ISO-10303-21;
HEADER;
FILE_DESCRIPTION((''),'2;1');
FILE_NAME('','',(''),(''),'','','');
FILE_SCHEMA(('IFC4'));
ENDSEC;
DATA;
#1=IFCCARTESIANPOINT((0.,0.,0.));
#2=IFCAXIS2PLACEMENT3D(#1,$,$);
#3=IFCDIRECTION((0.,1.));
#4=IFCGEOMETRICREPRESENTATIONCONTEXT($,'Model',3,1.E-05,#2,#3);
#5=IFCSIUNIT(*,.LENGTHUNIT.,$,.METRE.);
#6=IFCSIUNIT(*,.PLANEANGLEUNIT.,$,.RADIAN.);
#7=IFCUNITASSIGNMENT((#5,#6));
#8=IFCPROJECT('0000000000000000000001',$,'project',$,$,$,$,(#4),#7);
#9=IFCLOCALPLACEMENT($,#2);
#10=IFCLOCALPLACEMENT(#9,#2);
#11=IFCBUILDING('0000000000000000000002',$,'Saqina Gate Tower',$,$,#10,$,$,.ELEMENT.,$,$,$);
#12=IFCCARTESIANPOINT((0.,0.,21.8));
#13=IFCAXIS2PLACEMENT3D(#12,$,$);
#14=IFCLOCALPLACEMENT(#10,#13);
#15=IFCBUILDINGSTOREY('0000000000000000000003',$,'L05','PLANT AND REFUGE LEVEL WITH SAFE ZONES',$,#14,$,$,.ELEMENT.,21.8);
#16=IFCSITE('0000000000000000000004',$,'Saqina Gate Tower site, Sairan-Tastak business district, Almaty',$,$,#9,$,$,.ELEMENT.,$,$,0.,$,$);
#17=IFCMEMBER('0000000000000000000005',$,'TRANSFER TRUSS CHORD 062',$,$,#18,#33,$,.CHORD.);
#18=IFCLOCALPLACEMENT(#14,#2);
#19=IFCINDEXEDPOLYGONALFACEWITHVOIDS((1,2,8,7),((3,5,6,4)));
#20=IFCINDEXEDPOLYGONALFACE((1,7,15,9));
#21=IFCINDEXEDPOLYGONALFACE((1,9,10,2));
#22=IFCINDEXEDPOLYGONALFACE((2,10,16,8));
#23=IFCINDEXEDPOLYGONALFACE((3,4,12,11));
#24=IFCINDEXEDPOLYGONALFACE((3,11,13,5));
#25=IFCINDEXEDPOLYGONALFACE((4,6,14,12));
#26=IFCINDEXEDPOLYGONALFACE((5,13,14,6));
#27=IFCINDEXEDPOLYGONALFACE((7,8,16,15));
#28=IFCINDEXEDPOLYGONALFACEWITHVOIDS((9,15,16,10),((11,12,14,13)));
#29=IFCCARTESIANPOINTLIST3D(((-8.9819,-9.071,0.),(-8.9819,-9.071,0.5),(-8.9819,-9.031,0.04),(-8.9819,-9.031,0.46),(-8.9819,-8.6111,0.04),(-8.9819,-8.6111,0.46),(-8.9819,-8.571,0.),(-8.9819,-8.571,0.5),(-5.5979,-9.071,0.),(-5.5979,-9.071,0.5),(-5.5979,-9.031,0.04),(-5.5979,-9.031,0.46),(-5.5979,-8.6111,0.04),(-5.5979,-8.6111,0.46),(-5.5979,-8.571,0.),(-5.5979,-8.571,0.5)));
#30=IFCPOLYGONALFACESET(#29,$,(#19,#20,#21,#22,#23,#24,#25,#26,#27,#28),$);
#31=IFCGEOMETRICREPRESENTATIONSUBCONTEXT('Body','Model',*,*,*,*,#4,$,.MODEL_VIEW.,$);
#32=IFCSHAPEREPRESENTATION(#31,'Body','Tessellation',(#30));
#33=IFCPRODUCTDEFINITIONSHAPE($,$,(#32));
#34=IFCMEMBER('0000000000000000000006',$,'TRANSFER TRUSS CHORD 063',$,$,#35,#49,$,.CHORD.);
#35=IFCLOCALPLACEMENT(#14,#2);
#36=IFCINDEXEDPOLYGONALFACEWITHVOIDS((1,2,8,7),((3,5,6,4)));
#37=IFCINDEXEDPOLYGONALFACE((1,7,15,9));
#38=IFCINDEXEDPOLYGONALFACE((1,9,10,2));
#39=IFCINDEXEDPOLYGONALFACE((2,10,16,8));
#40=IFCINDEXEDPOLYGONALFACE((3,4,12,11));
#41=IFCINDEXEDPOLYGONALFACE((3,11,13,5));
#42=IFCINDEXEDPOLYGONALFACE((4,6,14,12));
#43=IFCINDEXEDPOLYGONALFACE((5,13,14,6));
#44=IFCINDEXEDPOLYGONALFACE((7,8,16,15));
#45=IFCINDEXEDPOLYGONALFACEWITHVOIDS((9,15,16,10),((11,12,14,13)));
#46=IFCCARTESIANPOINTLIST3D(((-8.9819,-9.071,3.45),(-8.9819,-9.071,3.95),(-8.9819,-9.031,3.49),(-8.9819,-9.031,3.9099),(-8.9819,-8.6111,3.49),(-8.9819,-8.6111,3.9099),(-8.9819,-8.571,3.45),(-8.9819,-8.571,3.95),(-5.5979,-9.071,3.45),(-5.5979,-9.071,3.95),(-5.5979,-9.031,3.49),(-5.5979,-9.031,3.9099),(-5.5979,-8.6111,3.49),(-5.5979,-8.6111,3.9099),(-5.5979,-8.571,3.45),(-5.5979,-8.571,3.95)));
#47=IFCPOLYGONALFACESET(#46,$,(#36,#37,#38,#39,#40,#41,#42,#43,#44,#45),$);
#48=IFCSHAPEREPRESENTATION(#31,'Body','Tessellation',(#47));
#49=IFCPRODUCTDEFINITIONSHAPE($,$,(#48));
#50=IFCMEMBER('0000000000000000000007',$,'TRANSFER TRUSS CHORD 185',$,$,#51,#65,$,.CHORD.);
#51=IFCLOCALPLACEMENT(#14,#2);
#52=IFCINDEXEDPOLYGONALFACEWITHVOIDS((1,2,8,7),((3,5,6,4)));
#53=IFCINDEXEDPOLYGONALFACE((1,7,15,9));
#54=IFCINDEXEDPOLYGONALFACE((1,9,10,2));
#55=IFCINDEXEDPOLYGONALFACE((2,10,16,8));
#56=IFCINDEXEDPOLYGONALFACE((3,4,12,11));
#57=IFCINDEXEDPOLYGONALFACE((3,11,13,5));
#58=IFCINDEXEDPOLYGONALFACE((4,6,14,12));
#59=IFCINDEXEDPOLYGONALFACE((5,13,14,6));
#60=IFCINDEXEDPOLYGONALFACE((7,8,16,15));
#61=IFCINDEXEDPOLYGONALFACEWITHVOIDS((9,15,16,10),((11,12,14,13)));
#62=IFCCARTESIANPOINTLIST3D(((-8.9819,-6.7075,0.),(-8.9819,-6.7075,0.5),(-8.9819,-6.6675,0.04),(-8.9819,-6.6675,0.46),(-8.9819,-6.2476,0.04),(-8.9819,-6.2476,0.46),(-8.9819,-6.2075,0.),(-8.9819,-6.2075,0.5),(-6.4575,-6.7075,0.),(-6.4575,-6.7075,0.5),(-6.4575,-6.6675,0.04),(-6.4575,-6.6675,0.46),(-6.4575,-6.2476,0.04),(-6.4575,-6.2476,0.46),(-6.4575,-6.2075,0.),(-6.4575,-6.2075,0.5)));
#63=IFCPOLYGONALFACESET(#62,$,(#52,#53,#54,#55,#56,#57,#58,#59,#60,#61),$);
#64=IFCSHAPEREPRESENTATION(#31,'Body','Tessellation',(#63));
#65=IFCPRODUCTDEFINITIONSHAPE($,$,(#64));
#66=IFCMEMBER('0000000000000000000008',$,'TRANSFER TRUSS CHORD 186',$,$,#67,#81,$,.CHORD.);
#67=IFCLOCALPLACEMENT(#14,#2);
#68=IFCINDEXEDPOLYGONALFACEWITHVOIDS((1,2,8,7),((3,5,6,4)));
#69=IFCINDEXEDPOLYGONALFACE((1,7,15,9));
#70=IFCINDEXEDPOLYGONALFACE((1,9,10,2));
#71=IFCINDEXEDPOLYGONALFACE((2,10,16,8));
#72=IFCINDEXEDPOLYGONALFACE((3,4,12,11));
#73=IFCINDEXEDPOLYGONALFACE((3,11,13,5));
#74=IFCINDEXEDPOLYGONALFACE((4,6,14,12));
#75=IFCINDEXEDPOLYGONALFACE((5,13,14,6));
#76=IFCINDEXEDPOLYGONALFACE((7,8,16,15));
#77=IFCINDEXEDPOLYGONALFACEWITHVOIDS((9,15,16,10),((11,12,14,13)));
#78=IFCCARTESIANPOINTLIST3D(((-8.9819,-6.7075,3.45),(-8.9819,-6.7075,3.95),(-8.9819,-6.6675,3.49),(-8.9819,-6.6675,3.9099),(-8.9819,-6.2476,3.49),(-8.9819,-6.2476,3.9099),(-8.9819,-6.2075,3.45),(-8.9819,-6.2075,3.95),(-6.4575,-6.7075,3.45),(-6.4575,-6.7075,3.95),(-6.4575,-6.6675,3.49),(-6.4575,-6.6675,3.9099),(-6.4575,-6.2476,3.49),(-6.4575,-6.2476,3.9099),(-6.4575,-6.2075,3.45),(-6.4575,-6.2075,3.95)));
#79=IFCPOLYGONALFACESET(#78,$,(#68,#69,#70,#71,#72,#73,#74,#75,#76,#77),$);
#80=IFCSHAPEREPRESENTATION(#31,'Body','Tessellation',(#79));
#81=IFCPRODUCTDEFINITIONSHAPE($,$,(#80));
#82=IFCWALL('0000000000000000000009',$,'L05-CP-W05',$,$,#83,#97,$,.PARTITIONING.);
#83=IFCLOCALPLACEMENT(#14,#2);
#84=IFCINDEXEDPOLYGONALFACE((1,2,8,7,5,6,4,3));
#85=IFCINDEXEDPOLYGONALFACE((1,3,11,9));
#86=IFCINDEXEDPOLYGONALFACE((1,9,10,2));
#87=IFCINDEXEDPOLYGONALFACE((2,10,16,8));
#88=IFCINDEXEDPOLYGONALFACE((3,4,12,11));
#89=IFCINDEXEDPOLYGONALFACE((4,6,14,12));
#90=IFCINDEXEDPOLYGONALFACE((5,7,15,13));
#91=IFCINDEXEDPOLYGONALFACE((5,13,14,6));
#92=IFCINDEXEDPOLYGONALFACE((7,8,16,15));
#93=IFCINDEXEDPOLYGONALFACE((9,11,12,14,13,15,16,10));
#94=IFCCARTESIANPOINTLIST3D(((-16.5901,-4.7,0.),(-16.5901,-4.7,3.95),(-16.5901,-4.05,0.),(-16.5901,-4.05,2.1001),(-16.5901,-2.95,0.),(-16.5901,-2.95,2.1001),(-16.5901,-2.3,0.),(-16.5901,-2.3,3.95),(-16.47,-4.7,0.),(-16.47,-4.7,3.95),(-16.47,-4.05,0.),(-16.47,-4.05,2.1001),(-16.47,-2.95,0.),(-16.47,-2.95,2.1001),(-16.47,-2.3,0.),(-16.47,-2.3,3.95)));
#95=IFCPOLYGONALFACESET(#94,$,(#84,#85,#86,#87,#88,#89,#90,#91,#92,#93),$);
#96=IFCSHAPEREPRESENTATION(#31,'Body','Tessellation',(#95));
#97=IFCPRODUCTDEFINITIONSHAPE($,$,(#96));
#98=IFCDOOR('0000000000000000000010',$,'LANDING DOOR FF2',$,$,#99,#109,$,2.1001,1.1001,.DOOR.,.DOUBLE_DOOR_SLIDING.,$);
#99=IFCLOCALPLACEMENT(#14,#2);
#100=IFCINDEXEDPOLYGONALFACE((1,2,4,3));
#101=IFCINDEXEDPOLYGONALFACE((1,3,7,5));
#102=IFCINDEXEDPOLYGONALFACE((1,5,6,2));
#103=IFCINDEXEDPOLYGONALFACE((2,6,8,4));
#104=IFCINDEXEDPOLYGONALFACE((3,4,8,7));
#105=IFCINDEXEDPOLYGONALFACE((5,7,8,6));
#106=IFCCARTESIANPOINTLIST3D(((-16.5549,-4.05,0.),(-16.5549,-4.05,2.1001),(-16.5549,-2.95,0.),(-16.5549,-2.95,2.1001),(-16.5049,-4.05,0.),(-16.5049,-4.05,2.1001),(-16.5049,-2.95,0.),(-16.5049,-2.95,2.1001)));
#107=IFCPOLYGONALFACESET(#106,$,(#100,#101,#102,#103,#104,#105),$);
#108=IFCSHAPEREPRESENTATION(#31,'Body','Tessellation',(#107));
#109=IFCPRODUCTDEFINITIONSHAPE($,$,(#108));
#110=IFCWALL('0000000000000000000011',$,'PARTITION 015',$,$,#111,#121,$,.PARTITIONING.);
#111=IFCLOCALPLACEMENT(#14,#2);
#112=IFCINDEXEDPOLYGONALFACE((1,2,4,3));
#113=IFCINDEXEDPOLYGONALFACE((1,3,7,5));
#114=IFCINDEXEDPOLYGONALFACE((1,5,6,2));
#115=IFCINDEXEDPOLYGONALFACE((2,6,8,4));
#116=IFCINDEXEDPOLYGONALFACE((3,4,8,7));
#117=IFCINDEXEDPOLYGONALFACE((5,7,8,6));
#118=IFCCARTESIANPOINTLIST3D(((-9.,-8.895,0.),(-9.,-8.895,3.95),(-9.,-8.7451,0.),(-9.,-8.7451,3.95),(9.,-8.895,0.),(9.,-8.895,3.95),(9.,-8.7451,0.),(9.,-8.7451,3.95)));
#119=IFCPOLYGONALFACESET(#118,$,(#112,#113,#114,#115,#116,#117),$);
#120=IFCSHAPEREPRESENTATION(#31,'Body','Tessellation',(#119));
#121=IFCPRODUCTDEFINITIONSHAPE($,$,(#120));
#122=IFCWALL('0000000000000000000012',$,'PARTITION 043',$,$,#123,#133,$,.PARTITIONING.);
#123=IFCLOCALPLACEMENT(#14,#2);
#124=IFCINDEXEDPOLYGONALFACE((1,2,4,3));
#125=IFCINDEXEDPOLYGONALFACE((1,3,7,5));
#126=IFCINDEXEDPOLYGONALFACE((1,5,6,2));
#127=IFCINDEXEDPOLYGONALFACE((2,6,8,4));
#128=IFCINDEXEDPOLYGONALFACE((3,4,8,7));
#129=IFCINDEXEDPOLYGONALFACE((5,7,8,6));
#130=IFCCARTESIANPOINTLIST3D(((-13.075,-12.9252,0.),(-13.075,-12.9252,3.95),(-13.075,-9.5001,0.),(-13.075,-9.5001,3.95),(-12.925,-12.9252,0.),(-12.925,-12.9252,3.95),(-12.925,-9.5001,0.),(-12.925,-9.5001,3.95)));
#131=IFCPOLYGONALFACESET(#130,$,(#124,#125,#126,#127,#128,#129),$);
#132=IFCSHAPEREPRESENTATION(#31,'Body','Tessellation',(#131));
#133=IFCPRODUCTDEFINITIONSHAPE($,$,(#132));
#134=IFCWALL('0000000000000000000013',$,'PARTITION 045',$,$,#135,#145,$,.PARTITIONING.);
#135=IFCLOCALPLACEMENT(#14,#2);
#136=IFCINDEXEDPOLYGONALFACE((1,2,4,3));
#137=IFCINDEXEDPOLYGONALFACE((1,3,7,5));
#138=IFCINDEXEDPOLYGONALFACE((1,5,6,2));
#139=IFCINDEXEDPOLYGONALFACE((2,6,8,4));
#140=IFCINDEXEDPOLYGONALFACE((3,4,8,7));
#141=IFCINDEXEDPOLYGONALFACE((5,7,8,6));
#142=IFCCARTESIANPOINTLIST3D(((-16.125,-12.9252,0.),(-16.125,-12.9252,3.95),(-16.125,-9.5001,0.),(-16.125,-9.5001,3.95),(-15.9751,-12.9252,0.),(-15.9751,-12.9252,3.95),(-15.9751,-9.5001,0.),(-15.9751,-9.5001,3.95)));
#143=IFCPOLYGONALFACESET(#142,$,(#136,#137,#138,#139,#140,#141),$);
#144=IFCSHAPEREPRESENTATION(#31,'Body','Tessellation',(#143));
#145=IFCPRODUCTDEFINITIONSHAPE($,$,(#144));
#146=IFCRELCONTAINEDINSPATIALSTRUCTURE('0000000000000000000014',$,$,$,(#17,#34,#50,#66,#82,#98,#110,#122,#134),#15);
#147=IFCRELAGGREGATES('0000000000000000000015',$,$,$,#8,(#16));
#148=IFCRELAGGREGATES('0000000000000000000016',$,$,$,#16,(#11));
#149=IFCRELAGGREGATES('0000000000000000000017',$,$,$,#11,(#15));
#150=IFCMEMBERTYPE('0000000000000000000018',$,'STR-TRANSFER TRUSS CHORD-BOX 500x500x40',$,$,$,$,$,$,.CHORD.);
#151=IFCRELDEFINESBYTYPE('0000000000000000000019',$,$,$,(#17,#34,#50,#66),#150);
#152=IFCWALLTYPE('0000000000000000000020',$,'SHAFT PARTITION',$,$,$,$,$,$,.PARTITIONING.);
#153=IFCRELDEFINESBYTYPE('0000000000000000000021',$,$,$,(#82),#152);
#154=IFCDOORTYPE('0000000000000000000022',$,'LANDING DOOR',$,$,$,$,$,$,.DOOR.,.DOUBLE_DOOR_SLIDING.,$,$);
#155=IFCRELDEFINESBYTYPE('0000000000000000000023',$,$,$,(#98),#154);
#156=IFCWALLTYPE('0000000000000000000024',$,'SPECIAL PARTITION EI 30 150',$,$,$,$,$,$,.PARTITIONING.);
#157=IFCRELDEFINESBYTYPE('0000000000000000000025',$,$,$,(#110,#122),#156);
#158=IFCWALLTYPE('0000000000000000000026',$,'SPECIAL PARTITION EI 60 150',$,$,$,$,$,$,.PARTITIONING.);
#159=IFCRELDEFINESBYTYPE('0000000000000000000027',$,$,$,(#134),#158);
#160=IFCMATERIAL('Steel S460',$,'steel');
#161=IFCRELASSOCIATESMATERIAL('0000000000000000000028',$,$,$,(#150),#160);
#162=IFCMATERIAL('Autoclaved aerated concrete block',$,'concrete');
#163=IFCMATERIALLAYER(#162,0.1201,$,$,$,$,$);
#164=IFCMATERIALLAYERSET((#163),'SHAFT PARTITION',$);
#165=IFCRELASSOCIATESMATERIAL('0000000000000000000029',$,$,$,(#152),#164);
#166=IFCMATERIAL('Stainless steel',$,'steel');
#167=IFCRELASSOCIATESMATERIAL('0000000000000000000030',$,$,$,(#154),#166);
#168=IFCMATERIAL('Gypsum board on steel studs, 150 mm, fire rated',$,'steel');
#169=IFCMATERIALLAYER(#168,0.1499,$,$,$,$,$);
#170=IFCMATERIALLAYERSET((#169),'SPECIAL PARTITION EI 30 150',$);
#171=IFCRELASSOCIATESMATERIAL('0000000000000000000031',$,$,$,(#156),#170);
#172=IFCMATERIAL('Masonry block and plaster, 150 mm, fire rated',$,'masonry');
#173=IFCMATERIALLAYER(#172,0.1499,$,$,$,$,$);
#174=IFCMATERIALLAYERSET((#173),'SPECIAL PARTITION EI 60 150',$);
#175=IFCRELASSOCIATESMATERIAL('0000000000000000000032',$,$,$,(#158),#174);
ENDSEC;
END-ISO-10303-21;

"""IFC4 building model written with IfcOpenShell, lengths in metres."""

from ifc_helpers import new_model, si_unit, direction, frame, frame_2d, origin, origin_2d, place, context, subcontext, project, spatial, rectangle, hollow_rectangle, extrude, material, layer, layer_set, material_profile, profile_set, type_object, element, fill, save


model = new_model("IFC4")

# Units and contexts
model_context = context("Model", 3, precision=1e-05, world=origin(), true_north=direction((0.0, 1.0)))
body_context = subcontext(model_context, "Body", "Model", "MODEL_VIEW")
ifc_project = project(units=[si_unit("LENGTHUNIT", "METRE"), si_unit("PLANEANGLEUNIT", "RADIAN")], contexts=[model_context])

# Site, building, storey
site_placement = place(None, origin())
site = spatial("IfcSite", under=ifc_project, at=site_placement, Name="Saqina Gate Tower site, Sairan-Tastak business district, Almaty", CompositionType="ELEMENT", RefElevation=0.0)
building_placement = place(site_placement, origin())
building = spatial("IfcBuilding", under=site, at=building_placement, Name="Saqina Gate Tower", CompositionType="ELEMENT")
storey_placement = place(building_placement, frame((0.0, 0.0, 21.8)))
storey = spatial("IfcBuildingStorey", under=building, at=storey_placement, Name="L05", Description="PLANT AND REFUGE LEVEL WITH SAFE ZONES", CompositionType="ELEMENT", Elevation=21.8)

# Members
ifc_material_1 = material(Name="Steel S460", Category="steel")
ifc_material_profile = material_profile(ifc_material_1, hollow_rectangle(XDim=0.5, YDim=0.5, WallThickness=0.04, at=origin_2d()), Name="BOX 500x500x40")
ifc_profile_set = profile_set([ifc_material_profile], Name="Steel S460")
member_type = type_object("IfcMemberType", Name="STR-TRANSFER TRUSS CHORD-BOX 500x500x40", PredefinedType="CHORD", material=ifc_profile_set)
for number, where, z_axis, x_axis, name in (
    (1, (-8.9819, -8.821, 0.25), (1.0, 0.0, 0.0), (0.0, 1.0, 0.0), "TRANSFER TRUSS CHORD 062"),
    (2, (-8.9819, -8.821, 3.7), (1.0, 0.0, 0.0), (0.0, 1.0, 0.0), "TRANSFER TRUSS CHORD 063"),
):
    element("IfcMember", number, at=place(storey_placement, frame(where, z_axis=z_axis, x_axis=x_axis)), inside=storey, type_object=member_type, Name=name, PredefinedType="CHORD", context=body_context, shape_type="SweptSolid", body=[
        extrude(hollow_rectangle(XDim=0.5, YDim=0.5, WallThickness=0.04, at=origin_2d()), origin(), (0.0, 0.0, 1.0), 3.384),
    ])
for number, where, z_axis, x_axis, name in (
    (3, (-8.9819, -6.4575, 0.25), (1.0, 0.0, 0.0), (0.0, 1.0, 0.0), "TRANSFER TRUSS CHORD 185"),
    (4, (-8.9819, -6.4575, 3.7), (1.0, 0.0, 0.0), (0.0, 1.0, 0.0), "TRANSFER TRUSS CHORD 186"),
):
    element("IfcMember", number, at=place(storey_placement, frame(where, z_axis=z_axis, x_axis=x_axis)), inside=storey, type_object=member_type, Name=name, PredefinedType="CHORD", context=body_context, shape_type="SweptSolid", body=[
        extrude(hollow_rectangle(XDim=0.5, YDim=0.5, WallThickness=0.04, at=origin_2d()), origin(), (0.0, 0.0, 1.0), 2.5244),
    ])

# Wall, opening, door
ifc_material_2 = material(Name="Autoclaved aerated concrete block", Category="concrete")
ifc_layer_1 = layer(ifc_material_2, 0.1201)
ifc_layer_set_1 = layer_set([ifc_layer_1], Name="SHAFT PARTITION")
wall_type_1 = type_object("IfcWallType", Name="SHAFT PARTITION", PredefinedType="PARTITIONING", material=ifc_layer_set_1)
wall_1_placement = place(storey_placement, frame((-16.53, -4.7, 0.0), z_axis=(0.0, 0.0, 1.0), x_axis=(0.0, 1.0, 0.0)))
wall_1 = element("IfcWall", 5, at=wall_1_placement, inside=storey, type_object=wall_type_1, Name="L05-CP-W05", PredefinedType="PARTITIONING", context=body_context, shape_type="SweptSolid", body=[
    extrude(rectangle(XDim=2.3999, YDim=0.1201, at=frame_2d((1.2, 0.0))), origin(), (0.0, 0.0, 1.0), 3.95),
])
opening_1_placement = place(wall_1_placement, frame((0.6499, 0.0, 0.0)))
opening_1 = element("IfcOpeningElement", 6, at=opening_1_placement, cuts=wall_1, PredefinedType="OPENING", context=body_context, shape_type="SweptSolid", body=[
    extrude(rectangle(XDim=1.1001, YDim=2.1001, at=frame_2d((0.55, 1.05))), frame((0.0, 0.072, 0.0), z_axis=(0.0, -1.0, 0.0), x_axis=(1.0, 0.0, 0.0)), (0.0, 0.0, 1.0), 0.144),
])
ifc_material_3 = material(Name="Stainless steel", Category="steel")
door_type_1 = type_object("IfcDoorType", Name="LANDING DOOR", OperationType="DOUBLE_DOOR_SLIDING", PredefinedType="DOOR", material=ifc_material_3)
door_1_placement = place(opening_1_placement, origin())
door_1 = element("IfcDoor", 7, at=door_1_placement, inside=storey, type_object=door_type_1, Name="LANDING DOOR FF2", OperationType="DOUBLE_DOOR_SLIDING", OverallHeight=2.1001, OverallWidth=1.1001, PredefinedType="DOOR", context=body_context, shape_type="SweptSolid", body=[
    extrude(rectangle(XDim=1.1001, YDim=2.1001, at=frame_2d((0.55, 1.05))), frame((0.0, 0.0249, 0.0), z_axis=(0.0, -1.0, 0.0), x_axis=(1.0, 0.0, 0.0)), (0.0, 0.0, 1.0), 0.05),
])
fill(opening_1, door_1)

# Walls
ifc_material_4 = material(Name="Gypsum board on steel studs, 150 mm, fire rated", Category="steel")
ifc_layer_2 = layer(ifc_material_4, 0.1499)
ifc_layer_set_2 = layer_set([ifc_layer_2], Name="SPECIAL PARTITION EI 30 150")
wall_type_2 = type_object("IfcWallType", Name="SPECIAL PARTITION EI 30 150", PredefinedType="PARTITIONING", material=ifc_layer_set_2)
wall_2_placement = place(storey_placement, frame((-9.0, -8.8201, 0.0), z_axis=(0.0, 0.0, 1.0), x_axis=(1.0, 0.0, 0.0)))
element("IfcWall", 8, at=wall_2_placement, inside=storey, type_object=wall_type_2, Name="PARTITION 015", PredefinedType="PARTITIONING", context=body_context, shape_type="SweptSolid", body=[
    extrude(rectangle(XDim=18.0, YDim=0.1499, at=frame_2d((9.0, 0.0))), origin(), (0.0, 0.0, 1.0), 3.95),
])
wall_3_placement = place(storey_placement, frame((-13.0, -12.925, 0.0), z_axis=(0.0, 0.0, 1.0), x_axis=(0.0, 1.0, 0.0)))
element("IfcWall", 9, at=wall_3_placement, inside=storey, type_object=wall_type_2, Name="PARTITION 043", PredefinedType="PARTITIONING", context=body_context, shape_type="SweptSolid", body=[
    extrude(rectangle(XDim=3.425, YDim=0.1499, at=frame_2d((1.7124, 0.0))), origin(), (0.0, 0.0, 1.0), 3.95),
])
ifc_material_5 = material(Name="Masonry block and plaster, 150 mm, fire rated", Category="masonry")
ifc_layer_3 = layer(ifc_material_5, 0.1499)
ifc_layer_set_3 = layer_set([ifc_layer_3], Name="SPECIAL PARTITION EI 60 150")
wall_type_3 = type_object("IfcWallType", Name="SPECIAL PARTITION EI 60 150", PredefinedType="PARTITIONING", material=ifc_layer_set_3)
wall_4_placement = place(storey_placement, frame((-16.05, -12.925, 0.0), z_axis=(0.0, 0.0, 1.0), x_axis=(0.0, 1.0, 0.0)))
element("IfcWall", 10, at=wall_4_placement, inside=storey, type_object=wall_type_3, Name="PARTITION 045", PredefinedType="PARTITIONING", context=body_context, shape_type="SweptSolid", body=[
    extrude(rectangle(XDim=3.425, YDim=0.1499, at=frame_2d((1.7124, 0.0))), origin(), (0.0, 0.0, 1.0), 3.95),
])

save(model, "model.ifc")
